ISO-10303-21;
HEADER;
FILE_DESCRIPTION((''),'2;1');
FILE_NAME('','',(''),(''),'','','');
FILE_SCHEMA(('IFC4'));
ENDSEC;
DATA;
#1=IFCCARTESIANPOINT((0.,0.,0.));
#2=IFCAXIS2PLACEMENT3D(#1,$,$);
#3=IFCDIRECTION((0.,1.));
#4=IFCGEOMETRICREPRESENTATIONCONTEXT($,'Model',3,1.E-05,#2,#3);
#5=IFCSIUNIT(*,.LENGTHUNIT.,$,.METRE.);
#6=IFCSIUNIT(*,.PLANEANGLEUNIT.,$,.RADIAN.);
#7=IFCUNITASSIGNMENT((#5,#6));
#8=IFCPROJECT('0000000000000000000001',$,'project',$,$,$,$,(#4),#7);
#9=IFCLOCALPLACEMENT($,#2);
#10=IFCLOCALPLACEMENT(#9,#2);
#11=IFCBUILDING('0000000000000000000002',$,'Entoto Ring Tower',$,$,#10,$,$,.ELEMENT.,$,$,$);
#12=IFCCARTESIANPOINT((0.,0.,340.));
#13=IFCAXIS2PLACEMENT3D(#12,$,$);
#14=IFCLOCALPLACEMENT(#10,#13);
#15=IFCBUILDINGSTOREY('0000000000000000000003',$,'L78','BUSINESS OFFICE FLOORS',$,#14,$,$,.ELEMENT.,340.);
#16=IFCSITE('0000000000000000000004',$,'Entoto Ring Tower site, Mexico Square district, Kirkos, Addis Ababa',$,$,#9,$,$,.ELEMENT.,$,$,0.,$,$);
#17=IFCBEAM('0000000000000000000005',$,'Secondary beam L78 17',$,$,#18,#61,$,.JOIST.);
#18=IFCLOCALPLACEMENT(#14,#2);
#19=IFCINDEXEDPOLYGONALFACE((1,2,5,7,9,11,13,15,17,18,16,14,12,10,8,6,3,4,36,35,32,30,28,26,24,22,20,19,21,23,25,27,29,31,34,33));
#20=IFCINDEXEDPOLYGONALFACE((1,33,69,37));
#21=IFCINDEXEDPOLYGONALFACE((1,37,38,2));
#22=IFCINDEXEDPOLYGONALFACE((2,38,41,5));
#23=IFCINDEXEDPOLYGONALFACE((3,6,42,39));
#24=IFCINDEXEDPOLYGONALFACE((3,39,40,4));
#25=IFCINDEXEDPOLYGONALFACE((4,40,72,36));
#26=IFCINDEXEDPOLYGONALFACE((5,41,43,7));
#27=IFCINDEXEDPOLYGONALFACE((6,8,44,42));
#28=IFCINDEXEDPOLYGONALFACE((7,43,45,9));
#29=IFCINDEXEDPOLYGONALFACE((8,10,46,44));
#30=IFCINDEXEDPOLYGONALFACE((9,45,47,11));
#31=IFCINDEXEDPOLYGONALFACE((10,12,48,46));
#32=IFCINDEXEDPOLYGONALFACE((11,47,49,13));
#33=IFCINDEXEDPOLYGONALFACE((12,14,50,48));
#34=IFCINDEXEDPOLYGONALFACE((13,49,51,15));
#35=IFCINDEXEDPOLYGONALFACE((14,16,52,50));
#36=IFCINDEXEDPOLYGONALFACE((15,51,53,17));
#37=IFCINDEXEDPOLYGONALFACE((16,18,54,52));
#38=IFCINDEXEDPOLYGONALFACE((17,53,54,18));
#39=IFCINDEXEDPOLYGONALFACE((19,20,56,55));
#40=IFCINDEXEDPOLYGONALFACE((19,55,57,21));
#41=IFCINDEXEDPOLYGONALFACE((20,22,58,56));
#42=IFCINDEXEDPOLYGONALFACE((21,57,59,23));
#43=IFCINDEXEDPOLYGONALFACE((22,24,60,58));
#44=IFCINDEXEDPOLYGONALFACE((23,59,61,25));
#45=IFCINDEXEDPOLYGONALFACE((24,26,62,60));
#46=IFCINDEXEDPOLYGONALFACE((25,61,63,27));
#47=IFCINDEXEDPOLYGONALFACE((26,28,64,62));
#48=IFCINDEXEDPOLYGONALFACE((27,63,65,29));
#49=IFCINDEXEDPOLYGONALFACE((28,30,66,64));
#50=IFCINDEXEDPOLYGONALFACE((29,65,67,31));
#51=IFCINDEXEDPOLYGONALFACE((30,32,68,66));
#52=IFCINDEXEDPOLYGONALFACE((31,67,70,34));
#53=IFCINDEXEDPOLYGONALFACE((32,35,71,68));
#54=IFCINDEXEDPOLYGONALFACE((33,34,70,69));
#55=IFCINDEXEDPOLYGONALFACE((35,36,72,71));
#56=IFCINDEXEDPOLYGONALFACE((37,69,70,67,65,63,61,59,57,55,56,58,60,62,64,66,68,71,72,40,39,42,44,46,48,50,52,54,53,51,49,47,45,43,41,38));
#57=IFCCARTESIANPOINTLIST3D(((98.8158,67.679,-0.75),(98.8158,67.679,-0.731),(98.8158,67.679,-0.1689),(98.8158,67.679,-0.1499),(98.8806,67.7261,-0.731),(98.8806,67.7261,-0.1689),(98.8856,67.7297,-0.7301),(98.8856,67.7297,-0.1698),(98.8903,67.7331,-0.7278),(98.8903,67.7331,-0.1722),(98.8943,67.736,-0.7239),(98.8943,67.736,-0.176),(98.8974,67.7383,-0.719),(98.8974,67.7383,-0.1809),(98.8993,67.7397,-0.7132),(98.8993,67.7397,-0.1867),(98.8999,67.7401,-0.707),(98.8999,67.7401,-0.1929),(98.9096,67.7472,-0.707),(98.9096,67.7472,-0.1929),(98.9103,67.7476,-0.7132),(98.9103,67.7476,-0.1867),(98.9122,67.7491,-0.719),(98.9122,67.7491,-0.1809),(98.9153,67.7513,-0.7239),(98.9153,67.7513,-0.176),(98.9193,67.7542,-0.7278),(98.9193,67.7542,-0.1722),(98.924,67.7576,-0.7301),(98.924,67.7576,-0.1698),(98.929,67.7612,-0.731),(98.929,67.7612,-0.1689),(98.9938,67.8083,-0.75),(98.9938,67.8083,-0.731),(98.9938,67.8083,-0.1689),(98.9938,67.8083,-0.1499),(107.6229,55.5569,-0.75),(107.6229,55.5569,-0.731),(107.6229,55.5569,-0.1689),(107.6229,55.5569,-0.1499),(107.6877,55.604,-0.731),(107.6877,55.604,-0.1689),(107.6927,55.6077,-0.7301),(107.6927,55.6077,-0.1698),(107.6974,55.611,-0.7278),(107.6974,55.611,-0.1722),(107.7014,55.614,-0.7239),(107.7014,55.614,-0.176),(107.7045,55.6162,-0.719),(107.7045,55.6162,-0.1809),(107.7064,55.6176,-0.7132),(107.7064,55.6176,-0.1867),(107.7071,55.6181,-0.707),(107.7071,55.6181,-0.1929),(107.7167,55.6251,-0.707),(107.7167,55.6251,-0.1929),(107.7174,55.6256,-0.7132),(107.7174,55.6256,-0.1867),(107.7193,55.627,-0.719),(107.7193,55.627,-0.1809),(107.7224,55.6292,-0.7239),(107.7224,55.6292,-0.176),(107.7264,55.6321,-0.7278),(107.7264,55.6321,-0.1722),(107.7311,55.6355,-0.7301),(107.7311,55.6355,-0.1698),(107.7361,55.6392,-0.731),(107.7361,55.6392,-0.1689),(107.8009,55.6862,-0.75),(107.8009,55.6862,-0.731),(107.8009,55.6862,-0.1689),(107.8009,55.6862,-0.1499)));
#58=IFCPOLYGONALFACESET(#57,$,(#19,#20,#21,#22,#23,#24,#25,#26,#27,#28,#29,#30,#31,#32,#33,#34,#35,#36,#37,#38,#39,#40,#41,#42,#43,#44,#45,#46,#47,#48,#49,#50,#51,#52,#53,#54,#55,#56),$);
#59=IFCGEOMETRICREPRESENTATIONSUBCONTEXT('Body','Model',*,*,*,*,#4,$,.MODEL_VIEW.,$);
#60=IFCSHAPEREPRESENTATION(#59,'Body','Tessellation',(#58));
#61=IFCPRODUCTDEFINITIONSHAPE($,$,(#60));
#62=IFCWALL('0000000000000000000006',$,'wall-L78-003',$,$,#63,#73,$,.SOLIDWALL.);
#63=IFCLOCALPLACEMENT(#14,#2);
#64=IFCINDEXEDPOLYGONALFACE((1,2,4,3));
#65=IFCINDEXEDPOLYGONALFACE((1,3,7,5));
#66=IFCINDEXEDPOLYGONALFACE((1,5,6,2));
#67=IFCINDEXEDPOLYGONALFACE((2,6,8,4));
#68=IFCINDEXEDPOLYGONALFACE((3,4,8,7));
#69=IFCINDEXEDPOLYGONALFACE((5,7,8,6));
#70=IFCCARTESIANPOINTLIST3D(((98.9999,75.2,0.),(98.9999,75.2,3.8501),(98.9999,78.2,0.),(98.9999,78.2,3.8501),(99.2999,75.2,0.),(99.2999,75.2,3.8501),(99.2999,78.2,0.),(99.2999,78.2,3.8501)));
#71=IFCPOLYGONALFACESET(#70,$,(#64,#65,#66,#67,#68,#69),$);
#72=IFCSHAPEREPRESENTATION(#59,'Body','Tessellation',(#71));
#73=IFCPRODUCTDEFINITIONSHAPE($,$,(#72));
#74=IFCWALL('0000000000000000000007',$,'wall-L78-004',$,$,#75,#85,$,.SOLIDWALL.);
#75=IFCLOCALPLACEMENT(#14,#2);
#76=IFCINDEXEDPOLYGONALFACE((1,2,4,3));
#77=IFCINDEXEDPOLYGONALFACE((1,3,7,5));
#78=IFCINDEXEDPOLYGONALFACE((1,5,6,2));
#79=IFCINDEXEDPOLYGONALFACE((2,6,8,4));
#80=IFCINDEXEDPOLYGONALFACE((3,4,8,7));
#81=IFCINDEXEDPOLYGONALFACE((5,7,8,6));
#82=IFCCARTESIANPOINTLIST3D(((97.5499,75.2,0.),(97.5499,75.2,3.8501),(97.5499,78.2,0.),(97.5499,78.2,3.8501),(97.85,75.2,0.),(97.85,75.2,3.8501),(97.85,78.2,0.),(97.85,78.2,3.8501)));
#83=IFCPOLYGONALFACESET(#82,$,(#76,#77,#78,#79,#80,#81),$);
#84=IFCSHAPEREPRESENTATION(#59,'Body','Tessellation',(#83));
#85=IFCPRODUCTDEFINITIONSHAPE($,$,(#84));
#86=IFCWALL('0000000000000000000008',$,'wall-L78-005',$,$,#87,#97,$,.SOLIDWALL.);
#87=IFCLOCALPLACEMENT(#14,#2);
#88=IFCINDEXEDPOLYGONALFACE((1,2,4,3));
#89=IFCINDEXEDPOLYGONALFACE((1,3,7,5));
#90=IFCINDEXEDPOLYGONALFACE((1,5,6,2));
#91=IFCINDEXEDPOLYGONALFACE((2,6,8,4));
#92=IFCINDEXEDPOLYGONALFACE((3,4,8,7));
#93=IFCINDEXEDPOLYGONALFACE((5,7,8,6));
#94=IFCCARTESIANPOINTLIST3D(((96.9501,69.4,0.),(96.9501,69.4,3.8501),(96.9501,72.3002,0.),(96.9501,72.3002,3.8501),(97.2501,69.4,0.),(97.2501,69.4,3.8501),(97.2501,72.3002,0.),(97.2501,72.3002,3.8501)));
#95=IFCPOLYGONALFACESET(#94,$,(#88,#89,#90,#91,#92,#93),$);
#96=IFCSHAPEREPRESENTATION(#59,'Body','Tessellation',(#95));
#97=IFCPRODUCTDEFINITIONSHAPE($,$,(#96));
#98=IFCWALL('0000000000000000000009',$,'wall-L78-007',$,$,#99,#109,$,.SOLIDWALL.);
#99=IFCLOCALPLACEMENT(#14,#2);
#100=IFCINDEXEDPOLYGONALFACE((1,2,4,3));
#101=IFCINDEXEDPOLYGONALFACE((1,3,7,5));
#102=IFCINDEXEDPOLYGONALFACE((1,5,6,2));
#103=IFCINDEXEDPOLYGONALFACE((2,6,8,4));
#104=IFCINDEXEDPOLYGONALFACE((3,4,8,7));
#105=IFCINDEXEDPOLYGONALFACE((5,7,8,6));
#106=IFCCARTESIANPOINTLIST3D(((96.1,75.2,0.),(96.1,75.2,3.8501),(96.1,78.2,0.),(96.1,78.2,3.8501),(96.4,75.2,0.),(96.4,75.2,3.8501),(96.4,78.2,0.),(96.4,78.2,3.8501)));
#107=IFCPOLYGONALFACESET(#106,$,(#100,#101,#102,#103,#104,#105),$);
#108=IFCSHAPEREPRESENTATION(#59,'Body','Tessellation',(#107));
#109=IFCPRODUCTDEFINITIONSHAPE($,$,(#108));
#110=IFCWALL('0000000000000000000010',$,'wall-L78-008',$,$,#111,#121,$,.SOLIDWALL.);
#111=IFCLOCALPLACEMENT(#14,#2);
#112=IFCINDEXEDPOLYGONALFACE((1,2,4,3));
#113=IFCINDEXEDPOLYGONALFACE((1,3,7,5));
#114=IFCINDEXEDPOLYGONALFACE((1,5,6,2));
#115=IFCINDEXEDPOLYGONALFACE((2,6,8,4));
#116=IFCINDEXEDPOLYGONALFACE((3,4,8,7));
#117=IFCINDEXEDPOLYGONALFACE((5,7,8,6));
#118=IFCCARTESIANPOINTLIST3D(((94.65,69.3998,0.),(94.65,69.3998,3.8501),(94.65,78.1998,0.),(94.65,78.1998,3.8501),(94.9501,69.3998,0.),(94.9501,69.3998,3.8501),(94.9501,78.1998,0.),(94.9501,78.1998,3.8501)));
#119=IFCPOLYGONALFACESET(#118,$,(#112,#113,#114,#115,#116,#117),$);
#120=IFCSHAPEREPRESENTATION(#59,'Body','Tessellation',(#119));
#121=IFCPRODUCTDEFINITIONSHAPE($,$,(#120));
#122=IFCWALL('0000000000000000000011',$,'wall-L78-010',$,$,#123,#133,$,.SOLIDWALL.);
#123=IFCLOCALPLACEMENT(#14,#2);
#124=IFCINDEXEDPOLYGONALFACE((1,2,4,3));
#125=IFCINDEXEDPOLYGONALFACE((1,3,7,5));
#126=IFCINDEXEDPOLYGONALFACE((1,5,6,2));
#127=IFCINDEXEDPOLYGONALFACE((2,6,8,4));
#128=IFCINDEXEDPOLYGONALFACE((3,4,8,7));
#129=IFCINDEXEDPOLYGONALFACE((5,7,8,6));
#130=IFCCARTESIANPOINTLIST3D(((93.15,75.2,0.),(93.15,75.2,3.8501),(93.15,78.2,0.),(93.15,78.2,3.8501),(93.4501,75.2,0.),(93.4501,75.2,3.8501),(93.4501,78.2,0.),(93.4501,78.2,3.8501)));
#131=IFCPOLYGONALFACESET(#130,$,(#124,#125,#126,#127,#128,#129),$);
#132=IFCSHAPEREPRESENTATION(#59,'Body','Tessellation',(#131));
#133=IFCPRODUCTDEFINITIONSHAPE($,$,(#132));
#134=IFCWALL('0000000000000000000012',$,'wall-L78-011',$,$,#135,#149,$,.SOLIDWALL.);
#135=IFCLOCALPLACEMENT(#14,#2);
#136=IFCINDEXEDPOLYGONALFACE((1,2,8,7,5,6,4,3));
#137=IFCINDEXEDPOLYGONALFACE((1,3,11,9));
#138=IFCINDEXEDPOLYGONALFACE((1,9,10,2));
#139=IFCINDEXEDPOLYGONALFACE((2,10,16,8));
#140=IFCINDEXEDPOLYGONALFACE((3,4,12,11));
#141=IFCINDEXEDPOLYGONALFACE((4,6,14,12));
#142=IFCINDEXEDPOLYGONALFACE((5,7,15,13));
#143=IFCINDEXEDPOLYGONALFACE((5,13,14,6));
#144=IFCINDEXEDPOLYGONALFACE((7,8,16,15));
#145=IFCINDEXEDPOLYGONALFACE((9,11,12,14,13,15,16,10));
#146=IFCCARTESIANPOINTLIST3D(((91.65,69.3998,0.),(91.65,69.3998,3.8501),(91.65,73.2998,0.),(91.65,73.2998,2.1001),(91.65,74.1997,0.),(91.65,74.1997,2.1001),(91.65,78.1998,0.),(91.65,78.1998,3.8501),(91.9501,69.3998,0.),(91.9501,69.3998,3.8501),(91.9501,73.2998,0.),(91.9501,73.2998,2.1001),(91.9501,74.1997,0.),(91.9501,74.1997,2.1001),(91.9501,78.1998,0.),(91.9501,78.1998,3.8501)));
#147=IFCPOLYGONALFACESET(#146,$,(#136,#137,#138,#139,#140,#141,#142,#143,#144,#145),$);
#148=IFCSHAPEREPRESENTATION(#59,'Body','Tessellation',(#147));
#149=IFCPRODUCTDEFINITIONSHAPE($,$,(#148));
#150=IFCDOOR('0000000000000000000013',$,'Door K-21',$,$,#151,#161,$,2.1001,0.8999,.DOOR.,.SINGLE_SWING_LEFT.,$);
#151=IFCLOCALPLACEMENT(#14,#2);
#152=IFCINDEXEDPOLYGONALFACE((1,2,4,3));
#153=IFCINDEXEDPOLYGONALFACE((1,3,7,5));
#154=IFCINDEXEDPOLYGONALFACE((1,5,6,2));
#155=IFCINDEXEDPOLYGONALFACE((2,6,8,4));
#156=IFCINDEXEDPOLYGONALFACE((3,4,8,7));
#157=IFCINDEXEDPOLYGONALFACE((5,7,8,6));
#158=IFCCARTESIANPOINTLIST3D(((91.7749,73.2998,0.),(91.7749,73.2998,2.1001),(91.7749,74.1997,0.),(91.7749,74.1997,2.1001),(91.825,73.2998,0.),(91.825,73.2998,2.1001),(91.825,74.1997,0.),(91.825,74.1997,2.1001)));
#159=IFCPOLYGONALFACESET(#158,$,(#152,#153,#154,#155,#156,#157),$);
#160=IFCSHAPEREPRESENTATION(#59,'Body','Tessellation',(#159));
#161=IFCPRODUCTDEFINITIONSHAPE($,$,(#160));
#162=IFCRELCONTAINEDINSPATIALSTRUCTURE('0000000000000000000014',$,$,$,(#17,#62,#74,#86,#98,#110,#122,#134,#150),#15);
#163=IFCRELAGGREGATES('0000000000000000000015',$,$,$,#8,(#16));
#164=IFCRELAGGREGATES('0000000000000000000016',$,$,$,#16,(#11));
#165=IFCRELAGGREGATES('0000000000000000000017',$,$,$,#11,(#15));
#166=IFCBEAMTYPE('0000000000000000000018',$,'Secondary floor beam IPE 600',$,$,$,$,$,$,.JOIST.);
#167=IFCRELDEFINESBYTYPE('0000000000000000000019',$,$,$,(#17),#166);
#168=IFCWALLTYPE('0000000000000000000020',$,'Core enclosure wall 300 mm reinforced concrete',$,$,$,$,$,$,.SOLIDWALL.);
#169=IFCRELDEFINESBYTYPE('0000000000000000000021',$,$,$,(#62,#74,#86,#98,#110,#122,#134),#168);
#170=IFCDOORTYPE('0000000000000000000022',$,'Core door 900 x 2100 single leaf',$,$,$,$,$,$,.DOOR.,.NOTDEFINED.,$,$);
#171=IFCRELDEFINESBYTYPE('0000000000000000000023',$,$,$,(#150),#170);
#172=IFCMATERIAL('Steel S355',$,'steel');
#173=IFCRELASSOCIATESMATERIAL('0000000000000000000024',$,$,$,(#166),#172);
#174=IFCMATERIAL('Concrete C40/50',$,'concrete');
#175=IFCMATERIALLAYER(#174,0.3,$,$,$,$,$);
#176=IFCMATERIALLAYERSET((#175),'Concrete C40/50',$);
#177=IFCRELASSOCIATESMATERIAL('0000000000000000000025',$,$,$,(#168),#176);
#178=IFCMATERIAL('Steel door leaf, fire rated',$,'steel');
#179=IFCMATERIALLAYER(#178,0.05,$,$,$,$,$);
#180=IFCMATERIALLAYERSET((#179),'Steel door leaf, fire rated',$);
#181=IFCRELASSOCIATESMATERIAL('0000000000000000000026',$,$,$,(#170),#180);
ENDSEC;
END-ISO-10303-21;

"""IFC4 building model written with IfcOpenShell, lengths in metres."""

from ifc_helpers import new_model, si_unit, direction, frame, frame_2d, origin, origin_2d, place, context, subcontext, project, spatial, rectangle, i_section, extrude, material, layer, layer_set, material_profile, profile_set, type_object, element, fill, save


model = new_model("IFC4")

# Units and contexts
model_context = context("Model", 3, precision=1e-05, world=origin(), true_north=direction((0.0, 1.0)))
body_context = subcontext(model_context, "Body", "Model", "MODEL_VIEW")
ifc_project = project(units=[si_unit("LENGTHUNIT", "METRE"), si_unit("PLANEANGLEUNIT", "RADIAN")], contexts=[model_context])

# Site, building, storey
site_placement = place(None, origin())
site = spatial("IfcSite", under=ifc_project, at=site_placement, Name="Entoto Ring Tower site, Mexico Square district, Kirkos, Addis Ababa", CompositionType="ELEMENT", RefElevation=0.0)
building_placement = place(site_placement, origin())
building = spatial("IfcBuilding", under=site, at=building_placement, Name="Entoto Ring Tower", CompositionType="ELEMENT")
storey_placement = place(building_placement, frame((0.0, 0.0, 340.0)))
storey = spatial("IfcBuildingStorey", under=building, at=storey_placement, Name="L78", Description="BUSINESS OFFICE FLOORS", CompositionType="ELEMENT", Elevation=340.0)

# Beam
ifc_material_1 = material(Name="Steel S355", Category="steel")
ifc_material_profile = material_profile(ifc_material_1, i_section(OverallWidth=0.22, OverallDepth=0.6001, WebThickness=0.012, FlangeThickness=0.019, FilletRadius=0.0239, at=origin_2d()), Name="IPE 600")
ifc_profile_set = profile_set([ifc_material_profile], Name="Steel S355")
beam_type = type_object("IfcBeamType", Name="Secondary floor beam IPE 600", PredefinedType="JOIST", material=ifc_profile_set)
beam_placement = place(storey_placement, frame((98.9048, 67.7437, -0.45), z_axis=(0.587782, -0.809019, 0.0), x_axis=(0.809019, 0.587782, 0.0)))
element("IfcBeam", 1, at=beam_placement, inside=storey, type_object=beam_type, Name="Secondary beam L78 17", PredefinedType="JOIST", context=body_context, shape_type="SweptSolid", body=[
    extrude(i_section(OverallWidth=0.22, OverallDepth=0.6001, WebThickness=0.012, FlangeThickness=0.019, FilletRadius=0.0239, at=origin_2d()), origin(), (0.0, 0.0, 1.0), 14.9836),
])

# Walls
ifc_material_2 = material(Name="Concrete C40/50", Category="concrete")
ifc_layer_1 = layer(ifc_material_2, 0.3)
ifc_layer_set_1 = layer_set([ifc_layer_1], Name="Concrete C40/50")
wall_type = type_object("IfcWallType", Name="Core enclosure wall 300 mm reinforced concrete", PredefinedType="SOLIDWALL", material=ifc_layer_set_1)
for number, where, z_axis, x_axis, name in (
    (2, (99.1499, 75.2, 0.0), (0.0, 0.0, 1.0), (0.0, 1.0, 0.0), "wall-L78-003"),
    (3, (97.7, 75.2, 0.0), (0.0, 0.0, 1.0), (0.0, 1.0, 0.0), "wall-L78-004"),
):
    element("IfcWall", number, at=place(storey_placement, frame(where, z_axis=z_axis, x_axis=x_axis)), inside=storey, type_object=wall_type, Name=name, PredefinedType="SOLIDWALL", context=body_context, shape_type="SweptSolid", body=[
        extrude(rectangle(XDim=3.0, YDim=0.3, at=frame_2d((1.5, 0.0))), origin(), (0.0, 0.0, 1.0), 3.8501),
    ])
wall_1_placement = place(storey_placement, frame((97.1001, 69.3999, 0.0), z_axis=(0.0, 0.0, 1.0), x_axis=(0.0, 1.0, 0.0)))
element("IfcWall", 4, at=wall_1_placement, inside=storey, type_object=wall_type, Name="wall-L78-005", PredefinedType="SOLIDWALL", context=body_context, shape_type="SweptSolid", body=[
    extrude(rectangle(XDim=2.9001, YDim=0.3, at=frame_2d((1.4502, 0.0))), origin(), (0.0, 0.0, 1.0), 3.8501),
])
wall_2_placement = place(storey_placement, frame((96.25, 75.2, 0.0), z_axis=(0.0, 0.0, 1.0), x_axis=(0.0, 1.0, 0.0)))
element("IfcWall", 5, at=wall_2_placement, inside=storey, type_object=wall_type, Name="wall-L78-007", PredefinedType="SOLIDWALL", context=body_context, shape_type="SweptSolid", body=[
    extrude(rectangle(XDim=3.0, YDim=0.3, at=frame_2d((1.5, 0.0))), origin(), (0.0, 0.0, 1.0), 3.8501),
])
wall_3_placement = place(storey_placement, frame((94.8, 69.3999, 0.0), z_axis=(0.0, 0.0, 1.0), x_axis=(0.0, 1.0, 0.0)))
element("IfcWall", 6, at=wall_3_placement, inside=storey, type_object=wall_type, Name="wall-L78-008", PredefinedType="SOLIDWALL", context=body_context, shape_type="SweptSolid", body=[
    extrude(rectangle(XDim=8.8, YDim=0.3, at=frame_2d((4.3999, 0.0))), origin(), (0.0, 0.0, 1.0), 3.8501),
])
wall_4_placement = place(storey_placement, frame((93.3, 75.2, 0.0), z_axis=(0.0, 0.0, 1.0), x_axis=(0.0, 1.0, 0.0)))
element("IfcWall", 7, at=wall_4_placement, inside=storey, type_object=wall_type, Name="wall-L78-010", PredefinedType="SOLIDWALL", context=body_context, shape_type="SweptSolid", body=[
    extrude(rectangle(XDim=3.0, YDim=0.3, at=frame_2d((1.5, 0.0))), origin(), (0.0, 0.0, 1.0), 3.8501),
])

# Wall, opening, door
wall_5_placement = place(storey_placement, frame((91.8, 69.3999, 0.0), z_axis=(0.0, 0.0, 1.0), x_axis=(0.0, 1.0, 0.0)))
wall_5 = element("IfcWall", 8, at=wall_5_placement, inside=storey, type_object=wall_type, Name="wall-L78-011", PredefinedType="SOLIDWALL", context=body_context, shape_type="SweptSolid", body=[
    extrude(rectangle(XDim=8.8, YDim=0.3, at=frame_2d((4.3999, 0.0))), origin(), (0.0, 0.0, 1.0), 3.8501),
])
opening_1_placement = place(wall_5_placement, frame((3.8999, 0.0, 0.0)))
opening_1 = element("IfcOpeningElement", 9, at=opening_1_placement, cuts=wall_5, PredefinedType="OPENING", context=body_context, shape_type="SweptSolid", body=[
    extrude(rectangle(XDim=0.8999, YDim=2.1001, at=frame_2d((0.45, 1.05))), frame((0.0, 0.1602, 0.0), z_axis=(0.0, -1.0, 0.0), x_axis=(1.0, 0.0, 0.0)), (0.0, 0.0, 1.0), 0.3201),
])
ifc_material_3 = material(Name="Steel door leaf, fire rated", Category="steel")
ifc_layer_2 = layer(ifc_material_3, 0.05)
ifc_layer_set_2 = layer_set([ifc_layer_2], Name="Steel door leaf, fire rated")
door_type_1 = type_object("IfcDoorType", Name="Core door 900 x 2100 single leaf", OperationType="NOTDEFINED", PredefinedType="DOOR", material=ifc_layer_set_2)
door_1_placement = place(opening_1_placement, frame((0.8999, 0.0, 0.0), z_axis=(0.0, 0.0, 1.0), x_axis=(-1.0, 0.0, 0.0)))
door_1 = element("IfcDoor", 10, at=door_1_placement, inside=storey, type_object=door_type_1, Name="Door K-21", OperationType="SINGLE_SWING_LEFT", OverallHeight=2.1001, OverallWidth=0.8999, PredefinedType="DOOR", context=body_context, shape_type="SweptSolid", body=[
    extrude(rectangle(XDim=0.8999, YDim=2.1001, at=frame_2d((0.45, 1.05))), frame((0.0, 0.0249, 0.0), z_axis=(0.0, -1.0, 0.0), x_axis=(1.0, 0.0, 0.0)), (0.0, 0.0, 1.0), 0.05),
])
fill(opening_1, door_1)

save(model, "model.ifc")
